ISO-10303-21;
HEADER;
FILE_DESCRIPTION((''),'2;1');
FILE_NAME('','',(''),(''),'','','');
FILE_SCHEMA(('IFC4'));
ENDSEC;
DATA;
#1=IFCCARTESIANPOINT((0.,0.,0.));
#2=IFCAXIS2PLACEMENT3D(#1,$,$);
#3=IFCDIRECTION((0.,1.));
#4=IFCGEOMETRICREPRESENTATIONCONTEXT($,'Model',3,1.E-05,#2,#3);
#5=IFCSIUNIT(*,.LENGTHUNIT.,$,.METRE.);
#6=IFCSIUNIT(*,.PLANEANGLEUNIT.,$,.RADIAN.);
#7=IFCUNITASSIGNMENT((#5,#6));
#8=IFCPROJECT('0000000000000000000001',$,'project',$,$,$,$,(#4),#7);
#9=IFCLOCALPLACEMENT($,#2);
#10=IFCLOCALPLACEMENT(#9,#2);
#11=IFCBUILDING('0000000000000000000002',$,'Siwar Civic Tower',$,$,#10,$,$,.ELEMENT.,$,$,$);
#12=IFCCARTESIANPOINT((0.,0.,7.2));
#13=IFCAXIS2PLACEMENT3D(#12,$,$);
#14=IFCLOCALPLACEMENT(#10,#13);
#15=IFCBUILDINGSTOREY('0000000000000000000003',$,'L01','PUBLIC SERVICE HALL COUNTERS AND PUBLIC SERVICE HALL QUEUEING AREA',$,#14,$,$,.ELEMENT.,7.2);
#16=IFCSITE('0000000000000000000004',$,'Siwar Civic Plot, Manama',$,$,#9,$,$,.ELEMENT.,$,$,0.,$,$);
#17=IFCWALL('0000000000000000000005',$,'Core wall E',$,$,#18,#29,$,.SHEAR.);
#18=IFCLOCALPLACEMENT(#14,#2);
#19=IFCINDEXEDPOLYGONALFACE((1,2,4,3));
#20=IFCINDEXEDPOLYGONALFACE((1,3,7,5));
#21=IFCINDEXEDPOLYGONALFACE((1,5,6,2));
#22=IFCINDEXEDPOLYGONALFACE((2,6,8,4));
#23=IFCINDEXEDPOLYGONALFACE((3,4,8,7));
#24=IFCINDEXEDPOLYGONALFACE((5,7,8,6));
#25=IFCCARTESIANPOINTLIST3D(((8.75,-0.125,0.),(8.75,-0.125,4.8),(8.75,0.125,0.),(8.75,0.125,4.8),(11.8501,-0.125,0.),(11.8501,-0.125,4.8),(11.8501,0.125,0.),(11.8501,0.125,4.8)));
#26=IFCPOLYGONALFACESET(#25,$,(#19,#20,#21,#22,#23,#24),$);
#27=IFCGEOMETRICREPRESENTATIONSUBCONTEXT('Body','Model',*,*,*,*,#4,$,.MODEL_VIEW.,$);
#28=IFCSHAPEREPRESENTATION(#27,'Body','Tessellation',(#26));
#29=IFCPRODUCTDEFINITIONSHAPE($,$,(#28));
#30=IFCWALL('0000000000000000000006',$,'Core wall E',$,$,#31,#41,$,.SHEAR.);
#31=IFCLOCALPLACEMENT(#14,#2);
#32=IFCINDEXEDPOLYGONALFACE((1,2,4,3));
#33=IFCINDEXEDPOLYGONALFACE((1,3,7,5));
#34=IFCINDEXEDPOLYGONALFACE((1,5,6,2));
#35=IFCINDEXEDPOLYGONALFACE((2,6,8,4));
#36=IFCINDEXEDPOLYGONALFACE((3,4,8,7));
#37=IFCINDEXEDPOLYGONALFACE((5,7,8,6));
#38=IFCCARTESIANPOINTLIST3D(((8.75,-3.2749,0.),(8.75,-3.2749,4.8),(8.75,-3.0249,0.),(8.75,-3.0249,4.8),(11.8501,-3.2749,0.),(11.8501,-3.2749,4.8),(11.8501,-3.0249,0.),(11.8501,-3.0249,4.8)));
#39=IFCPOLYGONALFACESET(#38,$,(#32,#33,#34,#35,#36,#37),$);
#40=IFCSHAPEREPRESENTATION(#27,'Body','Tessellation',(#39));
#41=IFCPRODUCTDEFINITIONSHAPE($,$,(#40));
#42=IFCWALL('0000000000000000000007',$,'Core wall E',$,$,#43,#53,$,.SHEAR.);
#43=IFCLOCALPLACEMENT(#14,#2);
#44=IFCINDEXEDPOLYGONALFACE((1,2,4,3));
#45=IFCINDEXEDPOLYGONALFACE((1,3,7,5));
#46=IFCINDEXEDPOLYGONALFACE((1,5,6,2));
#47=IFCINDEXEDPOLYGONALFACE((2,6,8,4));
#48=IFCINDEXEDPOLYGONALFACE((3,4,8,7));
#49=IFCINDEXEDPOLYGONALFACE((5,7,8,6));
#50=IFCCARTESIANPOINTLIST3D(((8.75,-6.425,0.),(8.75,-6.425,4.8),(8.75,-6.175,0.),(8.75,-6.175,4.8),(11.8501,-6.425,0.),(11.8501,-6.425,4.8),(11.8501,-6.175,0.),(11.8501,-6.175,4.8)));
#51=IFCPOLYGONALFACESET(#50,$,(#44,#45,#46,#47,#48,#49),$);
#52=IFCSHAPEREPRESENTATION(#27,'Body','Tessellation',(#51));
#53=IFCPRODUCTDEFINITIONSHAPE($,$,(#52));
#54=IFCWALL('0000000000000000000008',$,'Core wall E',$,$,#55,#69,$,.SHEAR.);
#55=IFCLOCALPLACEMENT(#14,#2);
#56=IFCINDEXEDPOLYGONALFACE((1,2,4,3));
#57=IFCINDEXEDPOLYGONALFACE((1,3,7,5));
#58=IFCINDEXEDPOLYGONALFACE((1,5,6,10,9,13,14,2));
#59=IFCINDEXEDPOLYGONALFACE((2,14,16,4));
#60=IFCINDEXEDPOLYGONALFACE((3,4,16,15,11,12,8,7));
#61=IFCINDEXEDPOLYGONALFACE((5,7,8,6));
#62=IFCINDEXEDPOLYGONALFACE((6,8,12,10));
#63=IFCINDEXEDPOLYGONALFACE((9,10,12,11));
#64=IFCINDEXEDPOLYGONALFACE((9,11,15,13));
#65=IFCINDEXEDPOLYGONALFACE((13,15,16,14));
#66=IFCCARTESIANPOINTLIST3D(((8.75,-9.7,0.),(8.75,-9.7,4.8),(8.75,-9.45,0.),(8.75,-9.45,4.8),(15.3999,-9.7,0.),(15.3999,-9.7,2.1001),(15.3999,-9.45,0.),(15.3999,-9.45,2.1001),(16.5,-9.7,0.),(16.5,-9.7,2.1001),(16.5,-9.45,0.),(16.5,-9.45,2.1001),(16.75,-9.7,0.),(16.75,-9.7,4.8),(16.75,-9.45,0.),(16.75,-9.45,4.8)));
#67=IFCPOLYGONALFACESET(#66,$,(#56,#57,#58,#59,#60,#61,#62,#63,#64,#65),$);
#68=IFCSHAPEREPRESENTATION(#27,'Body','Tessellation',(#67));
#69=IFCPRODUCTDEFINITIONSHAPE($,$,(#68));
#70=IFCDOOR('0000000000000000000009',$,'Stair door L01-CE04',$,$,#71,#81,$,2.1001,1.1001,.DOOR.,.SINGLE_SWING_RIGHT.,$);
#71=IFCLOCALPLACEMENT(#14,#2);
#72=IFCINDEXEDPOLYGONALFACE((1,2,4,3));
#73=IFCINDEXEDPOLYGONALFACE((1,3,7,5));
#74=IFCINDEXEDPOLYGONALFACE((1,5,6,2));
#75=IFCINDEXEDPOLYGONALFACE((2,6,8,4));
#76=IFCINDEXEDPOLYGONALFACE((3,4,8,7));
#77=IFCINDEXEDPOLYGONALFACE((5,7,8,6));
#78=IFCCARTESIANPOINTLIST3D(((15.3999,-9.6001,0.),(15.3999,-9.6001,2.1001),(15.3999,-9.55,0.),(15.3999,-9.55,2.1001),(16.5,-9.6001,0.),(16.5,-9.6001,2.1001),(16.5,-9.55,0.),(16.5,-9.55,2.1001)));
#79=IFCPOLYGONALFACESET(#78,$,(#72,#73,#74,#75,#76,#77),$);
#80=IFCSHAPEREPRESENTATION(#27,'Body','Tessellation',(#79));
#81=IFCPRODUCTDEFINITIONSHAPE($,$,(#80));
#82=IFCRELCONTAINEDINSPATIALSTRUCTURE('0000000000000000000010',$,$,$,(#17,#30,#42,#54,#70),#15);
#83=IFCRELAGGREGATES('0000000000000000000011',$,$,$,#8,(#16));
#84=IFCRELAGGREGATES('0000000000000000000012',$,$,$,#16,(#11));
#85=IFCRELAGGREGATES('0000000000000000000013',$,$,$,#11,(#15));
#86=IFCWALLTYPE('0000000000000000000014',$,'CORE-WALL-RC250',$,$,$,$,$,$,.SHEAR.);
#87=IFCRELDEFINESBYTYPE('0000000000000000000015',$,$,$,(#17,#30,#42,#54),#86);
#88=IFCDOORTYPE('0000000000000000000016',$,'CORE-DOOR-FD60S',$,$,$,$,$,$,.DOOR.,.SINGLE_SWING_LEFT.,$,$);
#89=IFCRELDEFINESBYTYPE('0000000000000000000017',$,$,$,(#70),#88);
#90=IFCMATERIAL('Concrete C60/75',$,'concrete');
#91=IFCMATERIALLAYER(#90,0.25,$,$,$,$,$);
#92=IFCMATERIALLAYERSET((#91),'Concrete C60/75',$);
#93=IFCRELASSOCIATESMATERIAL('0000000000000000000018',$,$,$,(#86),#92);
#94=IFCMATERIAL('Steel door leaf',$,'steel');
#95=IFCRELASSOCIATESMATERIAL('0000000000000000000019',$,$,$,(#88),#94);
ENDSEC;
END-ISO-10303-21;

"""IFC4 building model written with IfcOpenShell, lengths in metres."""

from ifc_helpers import new_model, si_unit, direction, frame, frame_2d, origin, place, context, subcontext, project, spatial, rectangle, extrude, material, layer, layer_set, type_object, element, fill, save


model = new_model("IFC4")

# Units and contexts
model_context = context("Model", 3, precision=1e-05, world=origin(), true_north=direction((0.0, 1.0)))
body_context = subcontext(model_context, "Body", "Model", "MODEL_VIEW")
ifc_project = project(units=[si_unit("LENGTHUNIT", "METRE"), si_unit("PLANEANGLEUNIT", "RADIAN")], contexts=[model_context])

# Site, building, storey
site_placement = place(None, origin())
site = spatial("IfcSite", under=ifc_project, at=site_placement, Name="Siwar Civic Plot, Manama", CompositionType="ELEMENT", RefElevation=0.0)
building_placement = place(site_placement, origin())
building = spatial("IfcBuilding", under=site, at=building_placement, Name="Siwar Civic Tower", CompositionType="ELEMENT")
storey_placement = place(building_placement, frame((0.0, 0.0, 7.2)))
storey = spatial("IfcBuildingStorey", under=building, at=storey_placement, Name="L01", Description="PUBLIC SERVICE HALL COUNTERS AND PUBLIC SERVICE HALL QUEUEING AREA", CompositionType="ELEMENT", Elevation=7.2)

# Shared definitions
ifc_material_1 = material(Name="Concrete C60/75", Category="concrete")
ifc_layer_1 = layer(ifc_material_1, 0.25)
ifc_layer_set_1 = layer_set([ifc_layer_1], Name="Concrete C60/75")
wall_type_1 = type_object("IfcWallType", Name="CORE-WALL-RC250", PredefinedType="SHEAR", material=ifc_layer_set_1)

# Walls
for number, where, z_axis, x_axis, name in (
    (1, (8.75, 0.0, 0.0), (0.0, 0.0, 1.0), (1.0, 0.0, 0.0), "Core wall E"),
    (2, (8.75, -3.1499, 0.0), (0.0, 0.0, 1.0), (1.0, 0.0, 0.0), "Core wall E"),
    (3, (8.75, -6.3, 0.0), (0.0, 0.0, 1.0), (1.0, 0.0, 0.0), "Core wall E"),
):
    element("IfcWall", number, at=place(storey_placement, frame(where, z_axis=z_axis, x_axis=x_axis)), inside=storey, type_object=wall_type_1, Name=name, PredefinedType="SHEAR", context=body_context, shape_type="SweptSolid", body=[
        extrude(rectangle(XDim=3.1001, YDim=0.25, at=frame_2d((1.55, 0.0))), origin(), (0.0, 0.0, 1.0), 4.8),
    ])

# Wall, opening, door
wall_1_placement = place(storey_placement, frame((8.75, -9.575, 0.0), z_axis=(0.0, 0.0, 1.0), x_axis=(1.0, 0.0, 0.0)))
wall_1 = element("IfcWall", 4, at=wall_1_placement, inside=storey, type_object=wall_type_1, Name="Core wall E", PredefinedType="SHEAR", context=body_context, shape_type="SweptSolid", body=[
    extrude(rectangle(XDim=8.0, YDim=0.25, at=frame_2d((4.0, 0.0))), origin(), (0.0, 0.0, 1.0), 4.8),
])
opening_1_placement = place(wall_1_placement, frame((6.6499, 0.0, 0.0)))
opening_1 = element("IfcOpeningElement", 5, at=opening_1_placement, cuts=wall_1, PredefinedType="OPENING", context=body_context, shape_type="SweptSolid", body=[
    extrude(rectangle(XDim=1.1001, YDim=2.1001, at=frame_2d((0.55, 1.05))), frame((0.0, 0.135, 0.0), z_axis=(0.0, -1.0, 0.0), x_axis=(1.0, 0.0, 0.0)), (0.0, 0.0, 1.0), 0.27),
])
ifc_material_2 = material(Name="Steel door leaf", Category="steel")
door_type_1 = type_object("IfcDoorType", Name="CORE-DOOR-FD60S", OperationType="SINGLE_SWING_LEFT", PredefinedType="DOOR", material=ifc_material_2)
door_1_placement = place(opening_1_placement, origin())
door_1 = element("IfcDoor", 6, at=door_1_placement, inside=storey, type_object=door_type_1, Name="Stair door L01-CE04", OperationType="SINGLE_SWING_RIGHT", OverallHeight=2.1001, OverallWidth=1.1001, PredefinedType="DOOR", context=body_context, shape_type="SweptSolid", body=[
    extrude(rectangle(XDim=1.1001, YDim=2.1001, at=frame_2d((0.55, 1.05))), frame((0.0, 0.0249, 0.0), z_axis=(0.0, -1.0, 0.0), x_axis=(1.0, 0.0, 0.0)), (0.0, 0.0, 1.0), 0.05),
])
fill(opening_1, door_1)

save(model, "model.ifc")
